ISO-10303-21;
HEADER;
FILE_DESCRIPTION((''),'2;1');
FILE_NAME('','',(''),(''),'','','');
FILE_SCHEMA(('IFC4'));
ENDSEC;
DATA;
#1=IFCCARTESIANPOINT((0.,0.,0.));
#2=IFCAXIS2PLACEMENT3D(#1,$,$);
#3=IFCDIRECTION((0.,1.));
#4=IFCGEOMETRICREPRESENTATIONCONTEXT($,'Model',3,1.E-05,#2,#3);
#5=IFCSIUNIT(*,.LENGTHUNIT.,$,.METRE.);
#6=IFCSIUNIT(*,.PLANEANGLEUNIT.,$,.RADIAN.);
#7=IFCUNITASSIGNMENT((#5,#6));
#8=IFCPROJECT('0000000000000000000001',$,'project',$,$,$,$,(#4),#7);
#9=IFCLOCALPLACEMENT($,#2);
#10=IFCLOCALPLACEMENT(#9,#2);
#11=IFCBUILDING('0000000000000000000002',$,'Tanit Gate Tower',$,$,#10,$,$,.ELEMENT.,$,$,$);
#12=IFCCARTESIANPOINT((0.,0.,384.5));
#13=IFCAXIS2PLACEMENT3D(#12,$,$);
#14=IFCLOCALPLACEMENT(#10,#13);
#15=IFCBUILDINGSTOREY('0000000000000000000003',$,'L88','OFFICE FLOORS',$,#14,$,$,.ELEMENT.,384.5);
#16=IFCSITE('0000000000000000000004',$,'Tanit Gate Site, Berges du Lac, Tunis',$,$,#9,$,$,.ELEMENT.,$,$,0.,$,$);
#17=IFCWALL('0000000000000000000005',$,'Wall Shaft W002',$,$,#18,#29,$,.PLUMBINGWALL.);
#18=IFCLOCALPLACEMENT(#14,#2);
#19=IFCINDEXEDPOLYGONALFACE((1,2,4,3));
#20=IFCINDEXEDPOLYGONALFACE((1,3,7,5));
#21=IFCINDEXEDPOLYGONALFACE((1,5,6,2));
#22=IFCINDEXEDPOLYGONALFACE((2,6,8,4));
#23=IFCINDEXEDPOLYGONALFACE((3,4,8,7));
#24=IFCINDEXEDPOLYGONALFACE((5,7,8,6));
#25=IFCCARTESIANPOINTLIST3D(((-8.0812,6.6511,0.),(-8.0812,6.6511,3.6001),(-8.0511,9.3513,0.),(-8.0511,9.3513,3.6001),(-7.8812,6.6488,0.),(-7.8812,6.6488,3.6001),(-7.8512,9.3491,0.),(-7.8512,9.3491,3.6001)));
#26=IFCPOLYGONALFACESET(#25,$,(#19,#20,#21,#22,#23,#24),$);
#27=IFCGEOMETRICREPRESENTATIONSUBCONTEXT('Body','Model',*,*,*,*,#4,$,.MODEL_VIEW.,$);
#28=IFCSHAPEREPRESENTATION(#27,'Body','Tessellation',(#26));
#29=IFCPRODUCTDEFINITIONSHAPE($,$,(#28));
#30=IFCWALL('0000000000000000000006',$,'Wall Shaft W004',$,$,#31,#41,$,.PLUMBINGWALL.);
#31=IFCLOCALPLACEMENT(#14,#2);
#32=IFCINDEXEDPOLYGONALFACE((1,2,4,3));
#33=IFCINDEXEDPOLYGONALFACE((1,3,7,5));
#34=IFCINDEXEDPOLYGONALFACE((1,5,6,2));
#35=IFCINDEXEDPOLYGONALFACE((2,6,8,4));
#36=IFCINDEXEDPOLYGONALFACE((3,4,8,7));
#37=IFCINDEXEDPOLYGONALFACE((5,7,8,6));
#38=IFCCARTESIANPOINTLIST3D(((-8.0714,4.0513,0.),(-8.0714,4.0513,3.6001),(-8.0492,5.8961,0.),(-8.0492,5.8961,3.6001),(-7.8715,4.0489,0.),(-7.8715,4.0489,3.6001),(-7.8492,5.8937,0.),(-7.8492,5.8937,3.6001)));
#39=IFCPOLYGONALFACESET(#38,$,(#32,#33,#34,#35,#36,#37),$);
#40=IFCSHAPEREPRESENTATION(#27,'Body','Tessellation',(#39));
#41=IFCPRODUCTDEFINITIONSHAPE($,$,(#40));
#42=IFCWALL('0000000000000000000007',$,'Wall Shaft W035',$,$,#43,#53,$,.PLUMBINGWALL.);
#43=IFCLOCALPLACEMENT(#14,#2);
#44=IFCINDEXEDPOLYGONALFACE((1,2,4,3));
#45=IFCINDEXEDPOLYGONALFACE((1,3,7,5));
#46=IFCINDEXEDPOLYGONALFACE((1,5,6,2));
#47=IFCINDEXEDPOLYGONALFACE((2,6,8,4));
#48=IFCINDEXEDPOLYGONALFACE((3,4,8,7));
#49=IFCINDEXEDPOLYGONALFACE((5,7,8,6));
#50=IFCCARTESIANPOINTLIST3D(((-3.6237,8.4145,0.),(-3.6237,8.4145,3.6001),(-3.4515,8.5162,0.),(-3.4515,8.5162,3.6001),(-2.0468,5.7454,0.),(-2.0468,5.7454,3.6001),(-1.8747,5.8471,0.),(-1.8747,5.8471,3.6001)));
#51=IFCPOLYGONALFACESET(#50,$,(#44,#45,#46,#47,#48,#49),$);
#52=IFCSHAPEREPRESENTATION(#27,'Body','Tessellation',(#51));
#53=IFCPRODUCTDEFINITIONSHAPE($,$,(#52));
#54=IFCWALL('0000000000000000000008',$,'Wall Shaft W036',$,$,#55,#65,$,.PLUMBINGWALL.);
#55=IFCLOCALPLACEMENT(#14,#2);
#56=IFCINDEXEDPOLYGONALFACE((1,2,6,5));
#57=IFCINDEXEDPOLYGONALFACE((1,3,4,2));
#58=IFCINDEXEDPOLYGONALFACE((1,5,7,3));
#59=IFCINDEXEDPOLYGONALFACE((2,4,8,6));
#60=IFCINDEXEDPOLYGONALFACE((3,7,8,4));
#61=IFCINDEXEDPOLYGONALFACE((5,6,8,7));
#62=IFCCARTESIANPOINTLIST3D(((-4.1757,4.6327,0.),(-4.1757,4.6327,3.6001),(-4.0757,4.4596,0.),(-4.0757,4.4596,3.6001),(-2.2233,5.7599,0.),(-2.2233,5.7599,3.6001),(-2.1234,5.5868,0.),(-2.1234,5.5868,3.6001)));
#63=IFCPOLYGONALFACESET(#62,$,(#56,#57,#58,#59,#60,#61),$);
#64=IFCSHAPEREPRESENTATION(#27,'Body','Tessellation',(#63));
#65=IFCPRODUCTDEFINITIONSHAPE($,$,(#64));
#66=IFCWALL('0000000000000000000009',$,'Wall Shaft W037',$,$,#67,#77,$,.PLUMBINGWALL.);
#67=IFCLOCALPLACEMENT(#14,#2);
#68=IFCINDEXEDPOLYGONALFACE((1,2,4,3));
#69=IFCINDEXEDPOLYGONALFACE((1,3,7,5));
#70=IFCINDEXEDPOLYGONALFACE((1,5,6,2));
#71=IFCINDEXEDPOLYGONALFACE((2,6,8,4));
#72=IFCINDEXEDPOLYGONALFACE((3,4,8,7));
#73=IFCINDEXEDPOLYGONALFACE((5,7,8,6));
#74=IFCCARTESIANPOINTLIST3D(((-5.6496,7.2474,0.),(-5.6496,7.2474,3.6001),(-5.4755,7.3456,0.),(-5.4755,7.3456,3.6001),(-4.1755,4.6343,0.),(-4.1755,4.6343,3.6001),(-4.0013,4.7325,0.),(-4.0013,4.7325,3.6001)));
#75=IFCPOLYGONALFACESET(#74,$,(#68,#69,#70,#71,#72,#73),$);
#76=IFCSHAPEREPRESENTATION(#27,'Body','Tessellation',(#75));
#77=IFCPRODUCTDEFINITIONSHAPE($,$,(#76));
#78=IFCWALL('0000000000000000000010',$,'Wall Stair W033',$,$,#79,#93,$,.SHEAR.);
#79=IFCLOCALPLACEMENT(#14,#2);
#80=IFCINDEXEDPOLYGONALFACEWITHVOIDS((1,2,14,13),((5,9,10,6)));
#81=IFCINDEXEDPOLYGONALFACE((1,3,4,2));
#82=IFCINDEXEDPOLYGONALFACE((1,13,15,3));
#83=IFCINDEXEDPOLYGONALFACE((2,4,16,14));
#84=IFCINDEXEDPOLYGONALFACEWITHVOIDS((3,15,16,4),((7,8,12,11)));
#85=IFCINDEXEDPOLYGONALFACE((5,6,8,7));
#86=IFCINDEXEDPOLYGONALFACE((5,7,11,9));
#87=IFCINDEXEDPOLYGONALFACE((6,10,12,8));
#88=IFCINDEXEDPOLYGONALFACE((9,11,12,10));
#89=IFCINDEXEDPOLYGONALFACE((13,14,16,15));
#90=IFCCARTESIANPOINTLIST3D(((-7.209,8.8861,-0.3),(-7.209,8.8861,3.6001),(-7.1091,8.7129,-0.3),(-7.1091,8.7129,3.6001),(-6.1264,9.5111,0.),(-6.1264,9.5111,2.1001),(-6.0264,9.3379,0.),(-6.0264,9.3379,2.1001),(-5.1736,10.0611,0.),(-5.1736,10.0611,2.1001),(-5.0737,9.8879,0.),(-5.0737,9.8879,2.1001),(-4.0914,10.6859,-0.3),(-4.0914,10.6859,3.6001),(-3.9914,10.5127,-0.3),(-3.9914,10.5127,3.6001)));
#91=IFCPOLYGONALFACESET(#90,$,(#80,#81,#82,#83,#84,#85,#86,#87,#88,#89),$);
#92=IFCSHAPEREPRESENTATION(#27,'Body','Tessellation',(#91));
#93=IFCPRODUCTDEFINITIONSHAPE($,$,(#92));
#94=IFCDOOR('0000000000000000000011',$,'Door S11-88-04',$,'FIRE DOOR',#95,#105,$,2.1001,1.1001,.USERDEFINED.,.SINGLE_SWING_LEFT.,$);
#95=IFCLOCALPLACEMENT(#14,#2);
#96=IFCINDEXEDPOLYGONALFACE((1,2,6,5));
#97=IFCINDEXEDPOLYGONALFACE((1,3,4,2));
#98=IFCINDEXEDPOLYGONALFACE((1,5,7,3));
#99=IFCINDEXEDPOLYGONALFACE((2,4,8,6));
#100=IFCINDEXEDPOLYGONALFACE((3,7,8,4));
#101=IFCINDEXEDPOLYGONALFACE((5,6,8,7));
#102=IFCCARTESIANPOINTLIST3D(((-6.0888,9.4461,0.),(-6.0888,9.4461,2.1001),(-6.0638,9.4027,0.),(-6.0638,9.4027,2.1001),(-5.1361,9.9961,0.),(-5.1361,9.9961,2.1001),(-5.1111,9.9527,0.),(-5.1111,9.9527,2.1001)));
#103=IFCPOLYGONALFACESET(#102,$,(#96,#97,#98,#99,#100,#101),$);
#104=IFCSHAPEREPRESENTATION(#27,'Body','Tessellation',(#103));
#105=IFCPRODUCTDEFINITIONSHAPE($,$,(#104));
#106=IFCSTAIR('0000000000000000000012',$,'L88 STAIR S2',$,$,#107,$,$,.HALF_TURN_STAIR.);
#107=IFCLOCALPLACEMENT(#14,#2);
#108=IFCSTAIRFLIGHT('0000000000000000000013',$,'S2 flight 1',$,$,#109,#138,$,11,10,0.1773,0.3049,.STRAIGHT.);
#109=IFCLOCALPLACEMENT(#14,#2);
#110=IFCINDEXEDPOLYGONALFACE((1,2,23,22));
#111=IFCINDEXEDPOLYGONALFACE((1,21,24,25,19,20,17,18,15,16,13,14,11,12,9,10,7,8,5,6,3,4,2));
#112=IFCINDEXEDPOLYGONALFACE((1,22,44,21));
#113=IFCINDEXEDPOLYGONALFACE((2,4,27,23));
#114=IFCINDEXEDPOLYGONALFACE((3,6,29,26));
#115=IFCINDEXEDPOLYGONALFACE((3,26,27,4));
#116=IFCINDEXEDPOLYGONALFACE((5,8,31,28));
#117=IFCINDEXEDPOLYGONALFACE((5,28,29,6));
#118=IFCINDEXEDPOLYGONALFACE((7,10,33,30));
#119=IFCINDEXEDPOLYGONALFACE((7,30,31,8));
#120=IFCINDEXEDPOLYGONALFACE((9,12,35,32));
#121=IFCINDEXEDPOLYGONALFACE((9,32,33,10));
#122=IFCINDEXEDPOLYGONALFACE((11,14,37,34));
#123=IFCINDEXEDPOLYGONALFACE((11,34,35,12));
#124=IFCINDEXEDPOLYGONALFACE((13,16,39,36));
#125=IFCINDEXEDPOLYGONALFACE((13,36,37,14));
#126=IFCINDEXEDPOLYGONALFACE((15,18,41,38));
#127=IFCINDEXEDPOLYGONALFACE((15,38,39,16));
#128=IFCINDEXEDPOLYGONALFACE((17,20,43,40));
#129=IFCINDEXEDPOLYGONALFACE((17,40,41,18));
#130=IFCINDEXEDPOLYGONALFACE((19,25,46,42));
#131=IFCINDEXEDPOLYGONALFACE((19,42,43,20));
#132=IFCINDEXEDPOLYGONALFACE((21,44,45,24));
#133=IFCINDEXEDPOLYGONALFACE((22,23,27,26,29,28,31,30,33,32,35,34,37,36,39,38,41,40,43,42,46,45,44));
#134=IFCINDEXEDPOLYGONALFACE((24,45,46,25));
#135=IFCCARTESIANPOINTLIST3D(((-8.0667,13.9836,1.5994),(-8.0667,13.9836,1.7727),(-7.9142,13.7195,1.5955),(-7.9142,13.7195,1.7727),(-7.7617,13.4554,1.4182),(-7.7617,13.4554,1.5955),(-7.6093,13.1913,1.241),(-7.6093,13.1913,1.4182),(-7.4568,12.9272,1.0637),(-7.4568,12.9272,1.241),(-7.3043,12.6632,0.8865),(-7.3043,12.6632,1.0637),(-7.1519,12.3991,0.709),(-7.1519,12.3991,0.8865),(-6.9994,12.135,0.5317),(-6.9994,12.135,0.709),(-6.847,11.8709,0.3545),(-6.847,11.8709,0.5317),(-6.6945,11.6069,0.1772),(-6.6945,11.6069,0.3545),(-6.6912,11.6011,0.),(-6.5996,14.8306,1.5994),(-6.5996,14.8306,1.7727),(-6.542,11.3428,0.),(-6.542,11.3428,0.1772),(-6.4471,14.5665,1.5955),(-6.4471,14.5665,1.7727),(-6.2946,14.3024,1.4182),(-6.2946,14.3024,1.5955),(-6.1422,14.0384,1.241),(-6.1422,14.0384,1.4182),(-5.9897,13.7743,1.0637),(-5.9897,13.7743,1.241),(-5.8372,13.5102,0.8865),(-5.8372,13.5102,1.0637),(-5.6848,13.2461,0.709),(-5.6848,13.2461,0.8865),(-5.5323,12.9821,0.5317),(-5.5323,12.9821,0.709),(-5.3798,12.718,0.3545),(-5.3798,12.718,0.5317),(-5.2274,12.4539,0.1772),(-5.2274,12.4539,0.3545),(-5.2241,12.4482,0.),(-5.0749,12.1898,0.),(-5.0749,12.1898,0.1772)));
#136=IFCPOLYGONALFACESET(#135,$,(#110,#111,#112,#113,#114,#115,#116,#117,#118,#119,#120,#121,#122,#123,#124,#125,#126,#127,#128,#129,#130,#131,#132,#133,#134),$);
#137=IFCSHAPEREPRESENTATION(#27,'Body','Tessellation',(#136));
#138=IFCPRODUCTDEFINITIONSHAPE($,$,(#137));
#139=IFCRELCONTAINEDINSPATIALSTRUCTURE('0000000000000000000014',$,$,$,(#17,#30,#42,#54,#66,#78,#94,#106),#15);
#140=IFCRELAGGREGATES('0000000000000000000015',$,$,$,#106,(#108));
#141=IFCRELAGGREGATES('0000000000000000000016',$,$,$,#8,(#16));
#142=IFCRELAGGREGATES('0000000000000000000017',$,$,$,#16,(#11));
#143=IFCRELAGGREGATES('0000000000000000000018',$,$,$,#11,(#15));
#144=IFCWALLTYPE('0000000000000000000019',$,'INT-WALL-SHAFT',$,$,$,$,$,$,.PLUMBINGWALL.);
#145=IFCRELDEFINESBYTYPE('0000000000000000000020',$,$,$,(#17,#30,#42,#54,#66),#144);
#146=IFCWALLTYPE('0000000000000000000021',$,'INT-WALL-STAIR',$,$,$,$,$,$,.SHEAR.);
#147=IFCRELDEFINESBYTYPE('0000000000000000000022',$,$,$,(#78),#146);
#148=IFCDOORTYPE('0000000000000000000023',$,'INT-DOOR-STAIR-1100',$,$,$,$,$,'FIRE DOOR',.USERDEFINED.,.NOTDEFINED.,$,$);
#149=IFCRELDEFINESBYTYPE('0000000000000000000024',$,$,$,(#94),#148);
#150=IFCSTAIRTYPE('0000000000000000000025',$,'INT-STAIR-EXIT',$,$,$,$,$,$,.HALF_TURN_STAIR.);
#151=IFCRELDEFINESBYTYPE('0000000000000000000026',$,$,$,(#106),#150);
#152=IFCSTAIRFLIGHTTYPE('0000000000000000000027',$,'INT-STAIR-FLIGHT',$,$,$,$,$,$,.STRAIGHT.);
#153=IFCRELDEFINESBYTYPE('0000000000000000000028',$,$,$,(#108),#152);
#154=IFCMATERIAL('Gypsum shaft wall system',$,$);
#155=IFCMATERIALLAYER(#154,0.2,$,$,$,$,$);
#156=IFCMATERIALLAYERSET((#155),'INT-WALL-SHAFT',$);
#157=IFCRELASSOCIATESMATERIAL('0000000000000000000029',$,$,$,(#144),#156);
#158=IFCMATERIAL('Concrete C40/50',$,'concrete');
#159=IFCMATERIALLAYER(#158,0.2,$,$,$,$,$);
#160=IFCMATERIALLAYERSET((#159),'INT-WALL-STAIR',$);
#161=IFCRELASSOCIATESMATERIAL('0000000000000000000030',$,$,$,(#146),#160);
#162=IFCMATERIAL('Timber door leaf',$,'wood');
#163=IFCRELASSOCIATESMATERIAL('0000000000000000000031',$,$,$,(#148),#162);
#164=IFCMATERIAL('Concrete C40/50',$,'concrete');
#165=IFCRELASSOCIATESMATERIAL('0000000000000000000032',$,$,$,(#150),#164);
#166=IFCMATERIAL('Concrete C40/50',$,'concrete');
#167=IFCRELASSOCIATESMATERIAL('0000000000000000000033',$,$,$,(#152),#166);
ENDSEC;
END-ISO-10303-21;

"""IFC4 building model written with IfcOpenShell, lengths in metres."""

from ifc_helpers import new_model, si_unit, direction, frame, frame_2d, origin, place, context, subcontext, project, spatial, polyline, rectangle, outline, extrude, material, layer, layer_set, type_object, element, fill, aggregate, save


model = new_model("IFC4")

# Units and contexts
model_context = context("Model", 3, precision=1e-05, world=origin(), true_north=direction((0.0, 1.0)))
body_context = subcontext(model_context, "Body", "Model", "MODEL_VIEW")
ifc_project = project(units=[si_unit("LENGTHUNIT", "METRE"), si_unit("PLANEANGLEUNIT", "RADIAN")], contexts=[model_context])

# Site, building, storey
site_placement = place(None, origin())
site = spatial("IfcSite", under=ifc_project, at=site_placement, Name="Tanit Gate Site, Berges du Lac, Tunis", CompositionType="ELEMENT", RefElevation=0.0)
building_placement = place(site_placement, origin())
building = spatial("IfcBuilding", under=site, at=building_placement, Name="Tanit Gate Tower", CompositionType="ELEMENT")
storey_placement = place(building_placement, frame((0.0, 0.0, 384.5)))
storey = spatial("IfcBuildingStorey", under=building, at=storey_placement, Name="L88", Description="OFFICE FLOORS", CompositionType="ELEMENT", Elevation=384.5)

# Walls
ifc_material_1 = material(Name="Gypsum shaft wall system")
ifc_layer_1 = layer(ifc_material_1, 0.2)
ifc_layer_set_1 = layer_set([ifc_layer_1], Name="INT-WALL-SHAFT")
wall_type_1 = type_object("IfcWallType", Name="INT-WALL-SHAFT", PredefinedType="PLUMBINGWALL", material=ifc_layer_set_1)
wall_1_placement = place(storey_placement, frame((-7.9512, 9.3501, 0.0), z_axis=(0.0, 0.0, 1.0), x_axis=(-0.01112, -0.999938, 0.0)))
element("IfcWall", 1, at=wall_1_placement, inside=storey, type_object=wall_type_1, Name="Wall Shaft W002", PredefinedType="PLUMBINGWALL", context=body_context, shape_type="SweptSolid", body=[
    extrude(rectangle(XDim=2.7004, YDim=0.2, at=frame_2d((1.3501, 0.0))), origin(), (0.0, 0.0, 1.0), 3.6001),
])
wall_2_placement = place(storey_placement, frame((-7.9492, 5.8948, 0.0), z_axis=(0.0, 0.0, 1.0), x_axis=(-0.012043, -0.999927, 0.0)))
element("IfcWall", 2, at=wall_2_placement, inside=storey, type_object=wall_type_1, Name="Wall Shaft W004", PredefinedType="PLUMBINGWALL", context=body_context, shape_type="SweptSolid", body=[
    extrude(rectangle(XDim=1.845, YDim=0.2, at=frame_2d((0.9224, 0.0))), origin(), (0.0, 0.0, 1.0), 3.6001),
])

# Walls
wall_3_placement = place(storey_placement, frame((-3.5376, 8.4653, 0.0), z_axis=(0.0, 0.0, 1.0), x_axis=(0.508647, -0.860975, 0.0)))
element("IfcWall", 3, at=wall_3_placement, inside=storey, type_object=wall_type_1, Name="Wall Shaft W035", PredefinedType="PLUMBINGWALL", context=body_context, shape_type="SweptSolid", body=[
    extrude(rectangle(XDim=3.1001, YDim=0.2, at=frame_2d((1.55, 0.0))), origin(), (0.0, 0.0, 1.0), 3.6001),
])
wall_4_placement = place(storey_placement, frame((-2.1733, 5.6733, 0.0), z_axis=(0.0, 0.0, 1.0), x_axis=(-0.866029, -0.499994, 0.0)))
element("IfcWall", 4, at=wall_4_placement, inside=storey, type_object=wall_type_1, Name="Wall Shaft W036", PredefinedType="PLUMBINGWALL", context=body_context, shape_type="SweptSolid", body=[
    extrude(rectangle(XDim=2.2544, YDim=0.2, at=frame_2d((1.1272, 0.0))), origin(), (0.0, 0.0, 1.0), 3.6001),
])
wall_5_placement = place(storey_placement, frame((-5.5625, 7.2964, 0.0), z_axis=(0.0, 0.0, 1.0), x_axis=(0.491347, -0.870964, 0.0)))
element("IfcWall", 5, at=wall_5_placement, inside=storey, type_object=wall_type_1, Name="Wall Shaft W037", PredefinedType="PLUMBINGWALL", context=body_context, shape_type="SweptSolid", body=[
    extrude(rectangle(XDim=3.0002, YDim=0.2, at=frame_2d((1.5, 0.0))), origin(), (0.0, 0.0, 1.0), 3.6001),
])

# Wall, opening, door
ifc_material_2 = material(Name="Concrete C40/50", Category="concrete")
ifc_layer_2 = layer(ifc_material_2, 0.2)
ifc_layer_set_2 = layer_set([ifc_layer_2], Name="INT-WALL-STAIR")
wall_type_2 = type_object("IfcWallType", Name="INT-WALL-STAIR", PredefinedType="SHEAR", material=ifc_layer_set_2)
wall_6_placement = place(storey_placement, frame((-7.1589, 8.7996, -0.3), z_axis=(0.0, 0.0, 1.0), x_axis=(0.866048, 0.499961, 0.0)))
wall_6 = element("IfcWall", 6, at=wall_6_placement, inside=storey, type_object=wall_type_2, Name="Wall Stair W033", PredefinedType="SHEAR", context=body_context, shape_type="SweptSolid", body=[
    extrude(rectangle(XDim=3.5999, YDim=0.2, at=frame_2d((1.7998, 0.0))), origin(), (0.0, 0.0, 1.0), 3.9001),
])
opening_1_placement = place(wall_6_placement, frame((1.25, 0.0, 0.3)))
opening_1 = element("IfcOpeningElement", 7, at=opening_1_placement, cuts=wall_6, PredefinedType="OPENING", context=body_context, shape_type="SweptSolid", body=[
    extrude(rectangle(XDim=1.1001, YDim=2.1001, at=frame_2d((0.55, 1.05))), frame((0.0, 0.1099, 0.0), z_axis=(0.0, -1.0, 0.0), x_axis=(1.0, 0.0, 0.0)), (0.0, 0.0, 1.0), 0.22),
])
ifc_material_3 = material(Name="Timber door leaf", Category="wood")
door_type_1 = type_object("IfcDoorType", Name="INT-DOOR-STAIR-1100", ElementType="FIRE DOOR", OperationType="NOTDEFINED", PredefinedType="USERDEFINED", material=ifc_material_3)
door_1_placement = place(opening_1_placement, origin())
door_1 = element("IfcDoor", 8, at=door_1_placement, inside=storey, type_object=door_type_1, Name="Door S11-88-04", ObjectType="FIRE DOOR", OperationType="SINGLE_SWING_LEFT", OverallHeight=2.1001, OverallWidth=1.1001, PredefinedType="USERDEFINED", context=body_context, shape_type="SweptSolid", body=[
    extrude(rectangle(XDim=1.1001, YDim=2.1001, at=frame_2d((0.55, 1.05))), frame((0.0, 0.0249, 0.0), z_axis=(0.0, -1.0, 0.0), x_axis=(1.0, 0.0, 0.0)), (0.0, 0.0, 1.0), 0.05),
])
fill(opening_1, door_1)

# Stair, stair flight
ifc_material_4 = material(Name="Concrete C40/50", Category="concrete")
stair_type = type_object("IfcStairType", Name="INT-STAIR-EXIT", PredefinedType="HALF_TURN_STAIR", material=ifc_material_4)
stair_placement = place(storey_placement, origin())
stair = element("IfcStair", 9, at=stair_placement, inside=storey, type_object=stair_type, Name="L88 STAIR S2", PredefinedType="HALF_TURN_STAIR")
ifc_material_5 = material(Name="Concrete C40/50", Category="concrete")
stair_flight_type = type_object("IfcStairFlightType", Name="INT-STAIR-FLIGHT", PredefinedType="STRAIGHT", material=ifc_material_5)
stair_flight_placement = place(storey_placement, frame((-5.8083, 11.7664, 0.0), z_axis=(0.0, 0.0, 1.0), x_axis=(-0.5, 0.866025, 0.0)))
stair_flight = element("IfcStairFlight", 10, at=stair_flight_placement, type_object=stair_flight_type, Name="S2 flight 1", NumberOfRisers=11, NumberOfTreads=10, PredefinedType="STRAIGHT", RiserHeight=0.1773, TreadLength=0.3049, context=body_context, shape_type="SweptSolid", body=[
    extrude(outline(polyline([(0.0, 0.0), (0.0, 0.1772), (0.3049, 0.1772), (0.3049, 0.3545), (0.6099, 0.3545), (0.6099, 0.5317), (0.9148, 0.5317), (0.9148, 0.709), (1.2197, 0.709), (1.2197, 0.8865), (1.5247, 0.8865), (1.5247, 1.0637), (1.8296, 1.0637), (1.8296, 1.241), (2.1345, 1.241), (2.1345, 1.4182), (2.4395, 1.4182), (2.4395, 1.5955), (2.7444, 1.5955), (2.7444, 1.7727), (3.0493, 1.7727), (3.0493, 1.95), (3.0493, 1.5994), (0.2983, 0.0), (0.0, 0.0)])), frame((0.0, 0.8472, 0.0), z_axis=(0.0, -1.0, 0.0), x_axis=(1.0, 0.0, 0.0)), (0.0, 0.0, 1.0), 1.6941),
])
aggregate(stair, [stair_flight])

save(model, "model.ifc")
